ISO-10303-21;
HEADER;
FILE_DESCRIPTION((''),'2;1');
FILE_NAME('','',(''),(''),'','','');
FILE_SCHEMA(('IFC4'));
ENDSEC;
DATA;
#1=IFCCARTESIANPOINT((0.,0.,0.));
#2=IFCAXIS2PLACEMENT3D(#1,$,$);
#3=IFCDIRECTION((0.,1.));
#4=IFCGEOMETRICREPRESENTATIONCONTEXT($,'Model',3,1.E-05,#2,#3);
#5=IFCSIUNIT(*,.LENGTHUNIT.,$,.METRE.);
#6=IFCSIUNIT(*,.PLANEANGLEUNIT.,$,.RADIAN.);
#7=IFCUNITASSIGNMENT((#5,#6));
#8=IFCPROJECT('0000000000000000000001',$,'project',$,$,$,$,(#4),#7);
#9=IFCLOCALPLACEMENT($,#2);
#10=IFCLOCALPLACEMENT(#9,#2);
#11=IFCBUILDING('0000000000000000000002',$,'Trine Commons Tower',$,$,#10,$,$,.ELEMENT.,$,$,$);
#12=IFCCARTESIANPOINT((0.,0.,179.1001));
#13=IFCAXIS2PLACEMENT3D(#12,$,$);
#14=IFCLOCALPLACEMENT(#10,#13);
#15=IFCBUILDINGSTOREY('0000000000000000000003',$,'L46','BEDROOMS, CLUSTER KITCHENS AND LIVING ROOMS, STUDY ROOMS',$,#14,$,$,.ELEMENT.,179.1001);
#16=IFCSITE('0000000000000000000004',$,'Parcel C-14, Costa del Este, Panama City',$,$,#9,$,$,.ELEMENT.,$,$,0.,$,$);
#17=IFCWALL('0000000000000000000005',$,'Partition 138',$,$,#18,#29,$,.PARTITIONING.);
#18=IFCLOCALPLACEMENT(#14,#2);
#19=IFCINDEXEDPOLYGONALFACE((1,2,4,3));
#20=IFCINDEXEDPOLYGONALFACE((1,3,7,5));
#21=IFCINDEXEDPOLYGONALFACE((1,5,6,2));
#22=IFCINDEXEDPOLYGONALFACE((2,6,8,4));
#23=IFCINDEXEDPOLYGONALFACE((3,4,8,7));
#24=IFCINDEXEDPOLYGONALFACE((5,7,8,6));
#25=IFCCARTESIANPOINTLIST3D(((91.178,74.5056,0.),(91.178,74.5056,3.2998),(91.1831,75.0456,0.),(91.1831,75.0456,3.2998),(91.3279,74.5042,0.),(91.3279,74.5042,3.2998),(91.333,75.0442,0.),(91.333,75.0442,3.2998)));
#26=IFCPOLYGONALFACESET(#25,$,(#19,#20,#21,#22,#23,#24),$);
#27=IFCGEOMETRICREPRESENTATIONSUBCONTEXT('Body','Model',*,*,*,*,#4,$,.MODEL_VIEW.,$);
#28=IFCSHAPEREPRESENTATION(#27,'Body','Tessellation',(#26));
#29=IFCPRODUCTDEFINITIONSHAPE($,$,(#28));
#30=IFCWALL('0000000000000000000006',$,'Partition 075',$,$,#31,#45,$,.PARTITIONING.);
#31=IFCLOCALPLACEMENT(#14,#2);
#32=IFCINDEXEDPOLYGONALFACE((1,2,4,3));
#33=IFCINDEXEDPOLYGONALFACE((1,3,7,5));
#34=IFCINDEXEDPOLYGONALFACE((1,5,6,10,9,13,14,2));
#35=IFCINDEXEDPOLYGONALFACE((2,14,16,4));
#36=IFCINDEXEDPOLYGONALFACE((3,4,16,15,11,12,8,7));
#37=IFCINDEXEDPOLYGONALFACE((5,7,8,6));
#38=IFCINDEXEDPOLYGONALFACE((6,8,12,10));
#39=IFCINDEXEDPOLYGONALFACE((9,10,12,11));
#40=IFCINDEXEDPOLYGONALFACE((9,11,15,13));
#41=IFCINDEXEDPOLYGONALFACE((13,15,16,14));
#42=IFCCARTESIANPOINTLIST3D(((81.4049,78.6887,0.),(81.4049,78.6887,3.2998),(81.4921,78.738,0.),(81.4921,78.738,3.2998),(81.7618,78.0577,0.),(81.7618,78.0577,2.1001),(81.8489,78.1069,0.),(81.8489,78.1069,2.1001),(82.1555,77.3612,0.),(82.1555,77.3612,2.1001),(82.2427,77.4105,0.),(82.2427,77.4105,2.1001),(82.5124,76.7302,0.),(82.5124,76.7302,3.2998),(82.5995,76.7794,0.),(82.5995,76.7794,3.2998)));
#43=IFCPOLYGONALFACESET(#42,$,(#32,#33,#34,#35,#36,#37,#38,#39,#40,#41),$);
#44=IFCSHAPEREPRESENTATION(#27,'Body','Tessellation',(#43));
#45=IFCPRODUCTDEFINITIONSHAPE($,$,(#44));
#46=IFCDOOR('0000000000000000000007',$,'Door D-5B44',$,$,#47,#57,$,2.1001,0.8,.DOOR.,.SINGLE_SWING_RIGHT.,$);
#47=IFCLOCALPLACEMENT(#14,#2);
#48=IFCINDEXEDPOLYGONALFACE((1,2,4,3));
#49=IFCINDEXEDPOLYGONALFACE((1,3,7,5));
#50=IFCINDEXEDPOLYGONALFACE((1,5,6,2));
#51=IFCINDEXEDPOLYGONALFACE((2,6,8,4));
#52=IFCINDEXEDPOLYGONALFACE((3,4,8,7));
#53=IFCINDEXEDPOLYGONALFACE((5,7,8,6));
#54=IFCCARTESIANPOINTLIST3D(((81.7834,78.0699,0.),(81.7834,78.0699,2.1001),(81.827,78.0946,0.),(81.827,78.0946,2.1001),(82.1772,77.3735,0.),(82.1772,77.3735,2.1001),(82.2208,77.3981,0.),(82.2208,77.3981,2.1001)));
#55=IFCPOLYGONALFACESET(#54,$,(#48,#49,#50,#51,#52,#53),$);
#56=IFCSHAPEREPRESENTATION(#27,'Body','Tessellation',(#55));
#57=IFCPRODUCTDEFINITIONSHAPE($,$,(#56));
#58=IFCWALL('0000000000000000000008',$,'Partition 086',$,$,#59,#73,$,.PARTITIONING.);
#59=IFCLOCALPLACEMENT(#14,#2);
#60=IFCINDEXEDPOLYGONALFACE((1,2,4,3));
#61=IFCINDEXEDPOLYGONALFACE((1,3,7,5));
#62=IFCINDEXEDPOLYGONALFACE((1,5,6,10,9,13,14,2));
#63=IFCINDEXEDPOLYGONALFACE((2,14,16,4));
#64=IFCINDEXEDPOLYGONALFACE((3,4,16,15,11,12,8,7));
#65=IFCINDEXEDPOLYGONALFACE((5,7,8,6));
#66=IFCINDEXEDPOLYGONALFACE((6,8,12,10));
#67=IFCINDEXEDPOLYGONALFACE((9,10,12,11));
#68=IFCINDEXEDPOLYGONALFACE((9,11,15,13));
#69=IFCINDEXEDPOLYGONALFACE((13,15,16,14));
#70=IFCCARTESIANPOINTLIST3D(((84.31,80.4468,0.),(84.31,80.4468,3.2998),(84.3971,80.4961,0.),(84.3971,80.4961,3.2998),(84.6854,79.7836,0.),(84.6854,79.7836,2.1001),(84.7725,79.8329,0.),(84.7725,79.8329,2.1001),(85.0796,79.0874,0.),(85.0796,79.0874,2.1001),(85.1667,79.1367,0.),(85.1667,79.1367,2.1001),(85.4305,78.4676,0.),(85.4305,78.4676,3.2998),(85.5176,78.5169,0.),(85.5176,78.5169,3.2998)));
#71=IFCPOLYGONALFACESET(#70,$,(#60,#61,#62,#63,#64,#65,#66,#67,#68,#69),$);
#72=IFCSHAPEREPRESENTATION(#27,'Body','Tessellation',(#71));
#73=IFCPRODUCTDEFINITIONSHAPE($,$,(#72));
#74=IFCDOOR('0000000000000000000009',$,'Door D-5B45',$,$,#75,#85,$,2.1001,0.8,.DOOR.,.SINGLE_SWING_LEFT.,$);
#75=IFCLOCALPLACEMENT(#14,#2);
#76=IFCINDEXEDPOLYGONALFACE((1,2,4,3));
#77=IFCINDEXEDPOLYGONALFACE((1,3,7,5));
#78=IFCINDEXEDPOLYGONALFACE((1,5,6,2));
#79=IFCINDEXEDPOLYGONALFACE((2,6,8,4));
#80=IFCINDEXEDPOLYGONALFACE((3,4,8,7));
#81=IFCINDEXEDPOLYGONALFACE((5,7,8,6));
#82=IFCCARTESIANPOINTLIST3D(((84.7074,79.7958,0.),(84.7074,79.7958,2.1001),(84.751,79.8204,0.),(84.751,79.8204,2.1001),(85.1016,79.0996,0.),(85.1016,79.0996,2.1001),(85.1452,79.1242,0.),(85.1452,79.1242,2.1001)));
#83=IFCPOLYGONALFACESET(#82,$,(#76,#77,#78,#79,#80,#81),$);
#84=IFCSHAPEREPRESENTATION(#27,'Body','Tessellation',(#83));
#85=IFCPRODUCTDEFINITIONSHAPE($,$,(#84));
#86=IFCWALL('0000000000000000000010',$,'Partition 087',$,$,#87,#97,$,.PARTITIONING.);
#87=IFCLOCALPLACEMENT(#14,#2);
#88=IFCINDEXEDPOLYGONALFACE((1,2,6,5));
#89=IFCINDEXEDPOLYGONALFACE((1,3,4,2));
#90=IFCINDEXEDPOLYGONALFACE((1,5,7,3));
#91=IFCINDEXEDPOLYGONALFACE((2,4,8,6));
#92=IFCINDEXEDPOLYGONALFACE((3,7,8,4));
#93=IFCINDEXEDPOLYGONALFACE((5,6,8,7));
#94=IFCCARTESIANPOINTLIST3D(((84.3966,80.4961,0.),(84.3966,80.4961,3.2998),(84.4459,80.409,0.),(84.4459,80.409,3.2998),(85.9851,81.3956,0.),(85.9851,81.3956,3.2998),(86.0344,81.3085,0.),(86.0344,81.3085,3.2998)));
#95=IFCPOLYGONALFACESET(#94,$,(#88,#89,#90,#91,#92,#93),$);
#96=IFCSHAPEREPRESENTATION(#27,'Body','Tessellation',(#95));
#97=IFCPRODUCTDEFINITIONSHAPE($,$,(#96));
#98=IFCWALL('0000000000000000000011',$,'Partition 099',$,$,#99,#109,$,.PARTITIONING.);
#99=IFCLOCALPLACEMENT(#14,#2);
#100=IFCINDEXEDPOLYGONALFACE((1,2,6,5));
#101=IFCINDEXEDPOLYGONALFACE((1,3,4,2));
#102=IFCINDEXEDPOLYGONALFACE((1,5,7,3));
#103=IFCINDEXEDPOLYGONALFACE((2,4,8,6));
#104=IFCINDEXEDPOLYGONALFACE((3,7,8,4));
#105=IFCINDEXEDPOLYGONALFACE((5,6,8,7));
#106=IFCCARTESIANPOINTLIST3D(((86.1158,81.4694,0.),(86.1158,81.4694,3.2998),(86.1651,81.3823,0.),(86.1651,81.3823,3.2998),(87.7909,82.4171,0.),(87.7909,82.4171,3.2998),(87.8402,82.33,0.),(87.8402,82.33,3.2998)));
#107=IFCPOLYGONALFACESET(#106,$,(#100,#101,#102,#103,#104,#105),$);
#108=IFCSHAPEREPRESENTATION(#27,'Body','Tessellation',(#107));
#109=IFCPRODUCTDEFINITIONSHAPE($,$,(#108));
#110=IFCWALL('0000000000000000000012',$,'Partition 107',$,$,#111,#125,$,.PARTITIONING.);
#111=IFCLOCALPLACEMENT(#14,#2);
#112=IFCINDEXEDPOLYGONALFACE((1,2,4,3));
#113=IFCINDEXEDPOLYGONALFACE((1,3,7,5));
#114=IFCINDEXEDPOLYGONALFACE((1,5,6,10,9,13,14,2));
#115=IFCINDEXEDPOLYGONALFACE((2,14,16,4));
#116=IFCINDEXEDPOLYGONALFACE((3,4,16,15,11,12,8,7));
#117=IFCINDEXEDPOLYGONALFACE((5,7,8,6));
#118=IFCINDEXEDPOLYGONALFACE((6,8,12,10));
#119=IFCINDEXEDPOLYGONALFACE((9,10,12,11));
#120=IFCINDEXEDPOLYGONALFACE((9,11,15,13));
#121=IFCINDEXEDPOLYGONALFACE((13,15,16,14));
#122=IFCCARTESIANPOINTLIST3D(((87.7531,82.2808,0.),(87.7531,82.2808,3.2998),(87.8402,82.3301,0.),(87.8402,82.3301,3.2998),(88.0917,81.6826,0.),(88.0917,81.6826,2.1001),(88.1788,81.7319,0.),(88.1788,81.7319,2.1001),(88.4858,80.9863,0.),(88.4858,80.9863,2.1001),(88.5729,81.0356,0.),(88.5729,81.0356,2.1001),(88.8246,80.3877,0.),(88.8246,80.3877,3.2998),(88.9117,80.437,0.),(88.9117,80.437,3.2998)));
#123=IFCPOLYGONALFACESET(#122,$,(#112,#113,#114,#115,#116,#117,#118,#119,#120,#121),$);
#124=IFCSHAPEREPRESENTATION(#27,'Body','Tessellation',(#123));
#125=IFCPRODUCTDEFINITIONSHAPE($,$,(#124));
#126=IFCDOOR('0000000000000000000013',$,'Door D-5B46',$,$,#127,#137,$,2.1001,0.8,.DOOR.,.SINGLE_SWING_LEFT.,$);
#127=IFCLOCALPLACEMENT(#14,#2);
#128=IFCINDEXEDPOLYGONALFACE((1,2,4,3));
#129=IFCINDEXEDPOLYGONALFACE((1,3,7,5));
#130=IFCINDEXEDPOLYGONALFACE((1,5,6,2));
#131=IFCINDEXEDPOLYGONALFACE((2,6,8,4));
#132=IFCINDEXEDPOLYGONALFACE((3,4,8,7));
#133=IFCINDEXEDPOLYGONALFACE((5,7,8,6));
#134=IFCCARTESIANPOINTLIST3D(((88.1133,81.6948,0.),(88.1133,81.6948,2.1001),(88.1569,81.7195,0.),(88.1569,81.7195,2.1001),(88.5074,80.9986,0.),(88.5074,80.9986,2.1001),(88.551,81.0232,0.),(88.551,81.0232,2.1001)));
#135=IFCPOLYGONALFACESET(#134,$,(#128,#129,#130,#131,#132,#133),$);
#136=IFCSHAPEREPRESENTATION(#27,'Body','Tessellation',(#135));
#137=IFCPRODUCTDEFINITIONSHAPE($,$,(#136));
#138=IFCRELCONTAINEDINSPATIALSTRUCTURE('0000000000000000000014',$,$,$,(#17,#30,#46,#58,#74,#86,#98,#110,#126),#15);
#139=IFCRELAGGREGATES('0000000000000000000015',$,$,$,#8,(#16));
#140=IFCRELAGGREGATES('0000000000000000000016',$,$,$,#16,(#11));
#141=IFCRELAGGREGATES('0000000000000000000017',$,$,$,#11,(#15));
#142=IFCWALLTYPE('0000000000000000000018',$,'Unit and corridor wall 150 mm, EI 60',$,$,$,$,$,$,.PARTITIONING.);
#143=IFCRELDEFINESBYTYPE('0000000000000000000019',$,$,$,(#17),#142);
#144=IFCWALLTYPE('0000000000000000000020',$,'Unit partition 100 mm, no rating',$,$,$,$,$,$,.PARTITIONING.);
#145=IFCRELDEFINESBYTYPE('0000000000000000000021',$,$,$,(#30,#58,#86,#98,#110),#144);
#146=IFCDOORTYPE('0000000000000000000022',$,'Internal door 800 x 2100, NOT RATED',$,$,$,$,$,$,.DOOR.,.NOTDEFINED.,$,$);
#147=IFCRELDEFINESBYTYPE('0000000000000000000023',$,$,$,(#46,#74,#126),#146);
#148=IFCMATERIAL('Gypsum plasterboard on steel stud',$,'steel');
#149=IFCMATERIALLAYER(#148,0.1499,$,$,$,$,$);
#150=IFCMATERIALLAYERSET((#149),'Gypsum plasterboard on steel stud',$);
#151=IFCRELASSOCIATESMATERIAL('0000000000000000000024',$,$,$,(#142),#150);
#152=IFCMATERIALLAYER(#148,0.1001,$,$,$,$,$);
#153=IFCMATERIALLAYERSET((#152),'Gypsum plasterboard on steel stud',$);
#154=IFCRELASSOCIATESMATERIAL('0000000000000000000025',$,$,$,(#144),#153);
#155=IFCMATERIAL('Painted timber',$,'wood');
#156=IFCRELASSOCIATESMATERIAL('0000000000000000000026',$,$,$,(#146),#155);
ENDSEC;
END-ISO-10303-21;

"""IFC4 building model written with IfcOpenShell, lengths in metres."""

from ifc_helpers import new_model, si_unit, direction, frame, frame_2d, origin, place, context, subcontext, project, spatial, rectangle, extrude, material, layer, layer_set, type_object, element, fill, save


model = new_model("IFC4")

# Units and contexts
model_context = context("Model", 3, precision=1e-05, world=origin(), true_north=direction((0.0, 1.0)))
body_context = subcontext(model_context, "Body", "Model", "MODEL_VIEW")
ifc_project = project(units=[si_unit("LENGTHUNIT", "METRE"), si_unit("PLANEANGLEUNIT", "RADIAN")], contexts=[model_context])

# Site, building, storey
site_placement = place(None, origin())
site = spatial("IfcSite", under=ifc_project, at=site_placement, Name="Parcel C-14, Costa del Este, Panama City", CompositionType="ELEMENT", RefElevation=0.0)
building_placement = place(site_placement, origin())
building = spatial("IfcBuilding", under=site, at=building_placement, Name="Trine Commons Tower", CompositionType="ELEMENT")
storey_placement = place(building_placement, frame((0.0, 0.0, 179.1001)))
storey = spatial("IfcBuildingStorey", under=building, at=storey_placement, Name="L46", Description="BEDROOMS, CLUSTER KITCHENS AND LIVING ROOMS, STUDY ROOMS", CompositionType="ELEMENT", Elevation=179.1001)

# Shared definitions
ifc_material_1 = material(Name="Gypsum plasterboard on steel stud", Category="steel")
ifc_layer_1 = layer(ifc_material_1, 0.1499)
ifc_layer_set_1 = layer_set([ifc_layer_1], Name="Gypsum plasterboard on steel stud")
wall_type_1 = type_object("IfcWallType", Name="Unit and corridor wall 150 mm, EI 60", PredefinedType="PARTITIONING", material=ifc_layer_set_1)

# Wall
wall_1_placement = place(storey_placement, frame((91.2529, 74.5049, 0.0), z_axis=(0.0, 0.0, 1.0), x_axis=(0.009493, 0.999955, 0.0)))
element("IfcWall", 1, at=wall_1_placement, inside=storey, type_object=wall_type_1, Name="Partition 138", PredefinedType="PARTITIONING", context=body_context, shape_type="SweptSolid", body=[
    extrude(rectangle(XDim=0.54, YDim=0.1499, at=frame_2d((0.27, 0.0))), origin(), (0.0, 0.0, 1.0), 3.2998),
])

# Walls, openings, doors
ifc_layer_2 = layer(ifc_material_1, 0.1001)
ifc_layer_set_2 = layer_set([ifc_layer_2], Name="Gypsum plasterboard on steel stud")
wall_type_2 = type_object("IfcWallType", Name="Unit partition 100 mm, no rating", PredefinedType="PARTITIONING", material=ifc_layer_set_2)
wall_2_placement = place(storey_placement, frame((81.4485, 78.7134, 0.0), z_axis=(0.0, 0.0, 1.0), x_axis=(0.492207, -0.870478, 0.0)))
wall_2 = element("IfcWall", 2, at=wall_2_placement, inside=storey, type_object=wall_type_2, Name="Partition 075", PredefinedType="PARTITIONING", context=body_context, shape_type="SweptSolid", body=[
    extrude(rectangle(XDim=2.25, YDim=0.1001, at=frame_2d((1.125, 0.0))), origin(), (0.0, 0.0, 1.0), 3.2998),
])
opening_1_placement = place(wall_2_placement, frame((0.7251, 0.0, 0.0)))
opening_1 = element("IfcOpeningElement", 3, at=opening_1_placement, cuts=wall_2, PredefinedType="OPENING", context=body_context, shape_type="SweptSolid", body=[
    extrude(rectangle(XDim=0.8, YDim=2.1001, at=frame_2d((0.3999, 1.05))), frame((0.0, 0.0601, 0.0), z_axis=(0.0, -1.0, 0.0), x_axis=(1.0, 0.0, 0.0)), (0.0, 0.0, 1.0), 0.1201),
])
ifc_material_2 = material(Name="Painted timber", Category="wood")
door_type_1 = type_object("IfcDoorType", Name="Internal door 800 x 2100, NOT RATED", OperationType="NOTDEFINED", PredefinedType="DOOR", material=ifc_material_2)
door_1_placement = place(opening_1_placement, origin())
door_1 = element("IfcDoor", 4, at=door_1_placement, inside=storey, type_object=door_type_1, Name="Door D-5B44", OperationType="SINGLE_SWING_RIGHT", OverallHeight=2.1001, OverallWidth=0.8, PredefinedType="DOOR", context=body_context, shape_type="SweptSolid", body=[
    extrude(rectangle(XDim=0.8, YDim=2.1001, at=frame_2d((0.3999, 1.05))), frame((0.0, 0.0249, 0.0), z_axis=(0.0, -1.0, 0.0), x_axis=(1.0, 0.0, 0.0)), (0.0, 0.0, 1.0), 0.05),
])
fill(opening_1, door_1)
wall_3_placement = place(storey_placement, frame((84.3535, 80.4714, 0.0), z_axis=(0.0, 0.0, 1.0), x_axis=(0.49269, -0.870205, 0.0)))
wall_3 = element("IfcWall", 5, at=wall_3_placement, inside=storey, type_object=wall_type_2, Name="Partition 086", PredefinedType="PARTITIONING", context=body_context, shape_type="SweptSolid", body=[
    extrude(rectangle(XDim=2.2744, YDim=0.1001, at=frame_2d((1.1372, 0.0))), origin(), (0.0, 0.0, 1.0), 3.2998),
])
opening_2_placement = place(wall_3_placement, frame((0.7622, 0.0, 0.0)))
opening_2 = element("IfcOpeningElement", 6, at=opening_2_placement, cuts=wall_3, PredefinedType="OPENING", context=body_context, shape_type="SweptSolid", body=[
    extrude(rectangle(XDim=0.8, YDim=2.1001, at=frame_2d((0.3999, 1.05))), frame((0.0, 0.0601, 0.0), z_axis=(0.0, -1.0, 0.0), x_axis=(1.0, 0.0, 0.0)), (0.0, 0.0, 1.0), 0.1201),
])
door_2_placement = place(opening_2_placement, frame((0.8, 0.0, 0.0), z_axis=(0.0, 0.0, 1.0), x_axis=(-1.0, 0.0, 0.0)))
door_2 = element("IfcDoor", 7, at=door_2_placement, inside=storey, type_object=door_type_1, Name="Door D-5B45", OperationType="SINGLE_SWING_LEFT", OverallHeight=2.1001, OverallWidth=0.8, PredefinedType="DOOR", context=body_context, shape_type="SweptSolid", body=[
    extrude(rectangle(XDim=0.8, YDim=2.1001, at=frame_2d((0.3999, 1.05))), frame((0.0, 0.0249, 0.0), z_axis=(0.0, -1.0, 0.0), x_axis=(1.0, 0.0, 0.0)), (0.0, 0.0, 1.0), 0.05),
])
fill(opening_2, door_2)

# Walls
wall_4_placement = place(storey_placement, frame((84.4214, 80.4526, 0.0), z_axis=(0.0, 0.0, 1.0), x_axis=(0.870179, 0.492736, 0.0)))
element("IfcWall", 8, at=wall_4_placement, inside=storey, type_object=wall_type_2, Name="Partition 087", PredefinedType="PARTITIONING", context=body_context, shape_type="SweptSolid", body=[
    extrude(rectangle(XDim=1.8254, YDim=0.1001, at=frame_2d((0.9126, 0.0))), origin(), (0.0, 0.0, 1.0), 3.2998),
])
wall_5_placement = place(storey_placement, frame((86.1404, 81.4258, 0.0), z_axis=(0.0, 0.0, 1.0), x_axis=(0.870343, 0.492446, 0.0)))
element("IfcWall", 9, at=wall_5_placement, inside=storey, type_object=wall_type_2, Name="Partition 099", PredefinedType="PARTITIONING", context=body_context, shape_type="SweptSolid", body=[
    extrude(rectangle(XDim=1.9246, YDim=0.1001, at=frame_2d((0.9624, 0.0))), origin(), (0.0, 0.0, 1.0), 3.2998),
])

# Wall, opening, door
wall_6_placement = place(storey_placement, frame((87.7966, 82.3054, 0.0), z_axis=(0.0, 0.0, 1.0), x_axis=(0.492593, -0.87026, 0.0)))
wall_6 = element("IfcWall", 10, at=wall_6_placement, inside=storey, type_object=wall_type_2, Name="Partition 107", PredefinedType="PARTITIONING", context=body_context, shape_type="SweptSolid", body=[
    extrude(rectangle(XDim=2.1753, YDim=0.1001, at=frame_2d((1.0876, 0.0))), origin(), (0.0, 0.0, 1.0), 3.2998),
])
opening_3_placement = place(wall_6_placement, frame((0.6875, 0.0, 0.0)))
opening_3 = element("IfcOpeningElement", 11, at=opening_3_placement, cuts=wall_6, PredefinedType="OPENING", context=body_context, shape_type="SweptSolid", body=[
    extrude(rectangle(XDim=0.8, YDim=2.1001, at=frame_2d((0.3999, 1.05))), frame((0.0, 0.0601, 0.0), z_axis=(0.0, -1.0, 0.0), x_axis=(1.0, 0.0, 0.0)), (0.0, 0.0, 1.0), 0.1201),
])
door_3_placement = place(opening_3_placement, origin())
door_3 = element("IfcDoor", 12, at=door_3_placement, inside=storey, type_object=door_type_1, Name="Door D-5B46", OperationType="SINGLE_SWING_LEFT", OverallHeight=2.1001, OverallWidth=0.8, PredefinedType="DOOR", context=body_context, shape_type="SweptSolid", body=[
    extrude(rectangle(XDim=0.8, YDim=2.1001, at=frame_2d((0.3999, 1.05))), frame((0.0, 0.0249, 0.0), z_axis=(0.0, -1.0, 0.0), x_axis=(1.0, 0.0, 0.0)), (0.0, 0.0, 1.0), 0.05),
])
fill(opening_3, door_3)

save(model, "model.ifc")
